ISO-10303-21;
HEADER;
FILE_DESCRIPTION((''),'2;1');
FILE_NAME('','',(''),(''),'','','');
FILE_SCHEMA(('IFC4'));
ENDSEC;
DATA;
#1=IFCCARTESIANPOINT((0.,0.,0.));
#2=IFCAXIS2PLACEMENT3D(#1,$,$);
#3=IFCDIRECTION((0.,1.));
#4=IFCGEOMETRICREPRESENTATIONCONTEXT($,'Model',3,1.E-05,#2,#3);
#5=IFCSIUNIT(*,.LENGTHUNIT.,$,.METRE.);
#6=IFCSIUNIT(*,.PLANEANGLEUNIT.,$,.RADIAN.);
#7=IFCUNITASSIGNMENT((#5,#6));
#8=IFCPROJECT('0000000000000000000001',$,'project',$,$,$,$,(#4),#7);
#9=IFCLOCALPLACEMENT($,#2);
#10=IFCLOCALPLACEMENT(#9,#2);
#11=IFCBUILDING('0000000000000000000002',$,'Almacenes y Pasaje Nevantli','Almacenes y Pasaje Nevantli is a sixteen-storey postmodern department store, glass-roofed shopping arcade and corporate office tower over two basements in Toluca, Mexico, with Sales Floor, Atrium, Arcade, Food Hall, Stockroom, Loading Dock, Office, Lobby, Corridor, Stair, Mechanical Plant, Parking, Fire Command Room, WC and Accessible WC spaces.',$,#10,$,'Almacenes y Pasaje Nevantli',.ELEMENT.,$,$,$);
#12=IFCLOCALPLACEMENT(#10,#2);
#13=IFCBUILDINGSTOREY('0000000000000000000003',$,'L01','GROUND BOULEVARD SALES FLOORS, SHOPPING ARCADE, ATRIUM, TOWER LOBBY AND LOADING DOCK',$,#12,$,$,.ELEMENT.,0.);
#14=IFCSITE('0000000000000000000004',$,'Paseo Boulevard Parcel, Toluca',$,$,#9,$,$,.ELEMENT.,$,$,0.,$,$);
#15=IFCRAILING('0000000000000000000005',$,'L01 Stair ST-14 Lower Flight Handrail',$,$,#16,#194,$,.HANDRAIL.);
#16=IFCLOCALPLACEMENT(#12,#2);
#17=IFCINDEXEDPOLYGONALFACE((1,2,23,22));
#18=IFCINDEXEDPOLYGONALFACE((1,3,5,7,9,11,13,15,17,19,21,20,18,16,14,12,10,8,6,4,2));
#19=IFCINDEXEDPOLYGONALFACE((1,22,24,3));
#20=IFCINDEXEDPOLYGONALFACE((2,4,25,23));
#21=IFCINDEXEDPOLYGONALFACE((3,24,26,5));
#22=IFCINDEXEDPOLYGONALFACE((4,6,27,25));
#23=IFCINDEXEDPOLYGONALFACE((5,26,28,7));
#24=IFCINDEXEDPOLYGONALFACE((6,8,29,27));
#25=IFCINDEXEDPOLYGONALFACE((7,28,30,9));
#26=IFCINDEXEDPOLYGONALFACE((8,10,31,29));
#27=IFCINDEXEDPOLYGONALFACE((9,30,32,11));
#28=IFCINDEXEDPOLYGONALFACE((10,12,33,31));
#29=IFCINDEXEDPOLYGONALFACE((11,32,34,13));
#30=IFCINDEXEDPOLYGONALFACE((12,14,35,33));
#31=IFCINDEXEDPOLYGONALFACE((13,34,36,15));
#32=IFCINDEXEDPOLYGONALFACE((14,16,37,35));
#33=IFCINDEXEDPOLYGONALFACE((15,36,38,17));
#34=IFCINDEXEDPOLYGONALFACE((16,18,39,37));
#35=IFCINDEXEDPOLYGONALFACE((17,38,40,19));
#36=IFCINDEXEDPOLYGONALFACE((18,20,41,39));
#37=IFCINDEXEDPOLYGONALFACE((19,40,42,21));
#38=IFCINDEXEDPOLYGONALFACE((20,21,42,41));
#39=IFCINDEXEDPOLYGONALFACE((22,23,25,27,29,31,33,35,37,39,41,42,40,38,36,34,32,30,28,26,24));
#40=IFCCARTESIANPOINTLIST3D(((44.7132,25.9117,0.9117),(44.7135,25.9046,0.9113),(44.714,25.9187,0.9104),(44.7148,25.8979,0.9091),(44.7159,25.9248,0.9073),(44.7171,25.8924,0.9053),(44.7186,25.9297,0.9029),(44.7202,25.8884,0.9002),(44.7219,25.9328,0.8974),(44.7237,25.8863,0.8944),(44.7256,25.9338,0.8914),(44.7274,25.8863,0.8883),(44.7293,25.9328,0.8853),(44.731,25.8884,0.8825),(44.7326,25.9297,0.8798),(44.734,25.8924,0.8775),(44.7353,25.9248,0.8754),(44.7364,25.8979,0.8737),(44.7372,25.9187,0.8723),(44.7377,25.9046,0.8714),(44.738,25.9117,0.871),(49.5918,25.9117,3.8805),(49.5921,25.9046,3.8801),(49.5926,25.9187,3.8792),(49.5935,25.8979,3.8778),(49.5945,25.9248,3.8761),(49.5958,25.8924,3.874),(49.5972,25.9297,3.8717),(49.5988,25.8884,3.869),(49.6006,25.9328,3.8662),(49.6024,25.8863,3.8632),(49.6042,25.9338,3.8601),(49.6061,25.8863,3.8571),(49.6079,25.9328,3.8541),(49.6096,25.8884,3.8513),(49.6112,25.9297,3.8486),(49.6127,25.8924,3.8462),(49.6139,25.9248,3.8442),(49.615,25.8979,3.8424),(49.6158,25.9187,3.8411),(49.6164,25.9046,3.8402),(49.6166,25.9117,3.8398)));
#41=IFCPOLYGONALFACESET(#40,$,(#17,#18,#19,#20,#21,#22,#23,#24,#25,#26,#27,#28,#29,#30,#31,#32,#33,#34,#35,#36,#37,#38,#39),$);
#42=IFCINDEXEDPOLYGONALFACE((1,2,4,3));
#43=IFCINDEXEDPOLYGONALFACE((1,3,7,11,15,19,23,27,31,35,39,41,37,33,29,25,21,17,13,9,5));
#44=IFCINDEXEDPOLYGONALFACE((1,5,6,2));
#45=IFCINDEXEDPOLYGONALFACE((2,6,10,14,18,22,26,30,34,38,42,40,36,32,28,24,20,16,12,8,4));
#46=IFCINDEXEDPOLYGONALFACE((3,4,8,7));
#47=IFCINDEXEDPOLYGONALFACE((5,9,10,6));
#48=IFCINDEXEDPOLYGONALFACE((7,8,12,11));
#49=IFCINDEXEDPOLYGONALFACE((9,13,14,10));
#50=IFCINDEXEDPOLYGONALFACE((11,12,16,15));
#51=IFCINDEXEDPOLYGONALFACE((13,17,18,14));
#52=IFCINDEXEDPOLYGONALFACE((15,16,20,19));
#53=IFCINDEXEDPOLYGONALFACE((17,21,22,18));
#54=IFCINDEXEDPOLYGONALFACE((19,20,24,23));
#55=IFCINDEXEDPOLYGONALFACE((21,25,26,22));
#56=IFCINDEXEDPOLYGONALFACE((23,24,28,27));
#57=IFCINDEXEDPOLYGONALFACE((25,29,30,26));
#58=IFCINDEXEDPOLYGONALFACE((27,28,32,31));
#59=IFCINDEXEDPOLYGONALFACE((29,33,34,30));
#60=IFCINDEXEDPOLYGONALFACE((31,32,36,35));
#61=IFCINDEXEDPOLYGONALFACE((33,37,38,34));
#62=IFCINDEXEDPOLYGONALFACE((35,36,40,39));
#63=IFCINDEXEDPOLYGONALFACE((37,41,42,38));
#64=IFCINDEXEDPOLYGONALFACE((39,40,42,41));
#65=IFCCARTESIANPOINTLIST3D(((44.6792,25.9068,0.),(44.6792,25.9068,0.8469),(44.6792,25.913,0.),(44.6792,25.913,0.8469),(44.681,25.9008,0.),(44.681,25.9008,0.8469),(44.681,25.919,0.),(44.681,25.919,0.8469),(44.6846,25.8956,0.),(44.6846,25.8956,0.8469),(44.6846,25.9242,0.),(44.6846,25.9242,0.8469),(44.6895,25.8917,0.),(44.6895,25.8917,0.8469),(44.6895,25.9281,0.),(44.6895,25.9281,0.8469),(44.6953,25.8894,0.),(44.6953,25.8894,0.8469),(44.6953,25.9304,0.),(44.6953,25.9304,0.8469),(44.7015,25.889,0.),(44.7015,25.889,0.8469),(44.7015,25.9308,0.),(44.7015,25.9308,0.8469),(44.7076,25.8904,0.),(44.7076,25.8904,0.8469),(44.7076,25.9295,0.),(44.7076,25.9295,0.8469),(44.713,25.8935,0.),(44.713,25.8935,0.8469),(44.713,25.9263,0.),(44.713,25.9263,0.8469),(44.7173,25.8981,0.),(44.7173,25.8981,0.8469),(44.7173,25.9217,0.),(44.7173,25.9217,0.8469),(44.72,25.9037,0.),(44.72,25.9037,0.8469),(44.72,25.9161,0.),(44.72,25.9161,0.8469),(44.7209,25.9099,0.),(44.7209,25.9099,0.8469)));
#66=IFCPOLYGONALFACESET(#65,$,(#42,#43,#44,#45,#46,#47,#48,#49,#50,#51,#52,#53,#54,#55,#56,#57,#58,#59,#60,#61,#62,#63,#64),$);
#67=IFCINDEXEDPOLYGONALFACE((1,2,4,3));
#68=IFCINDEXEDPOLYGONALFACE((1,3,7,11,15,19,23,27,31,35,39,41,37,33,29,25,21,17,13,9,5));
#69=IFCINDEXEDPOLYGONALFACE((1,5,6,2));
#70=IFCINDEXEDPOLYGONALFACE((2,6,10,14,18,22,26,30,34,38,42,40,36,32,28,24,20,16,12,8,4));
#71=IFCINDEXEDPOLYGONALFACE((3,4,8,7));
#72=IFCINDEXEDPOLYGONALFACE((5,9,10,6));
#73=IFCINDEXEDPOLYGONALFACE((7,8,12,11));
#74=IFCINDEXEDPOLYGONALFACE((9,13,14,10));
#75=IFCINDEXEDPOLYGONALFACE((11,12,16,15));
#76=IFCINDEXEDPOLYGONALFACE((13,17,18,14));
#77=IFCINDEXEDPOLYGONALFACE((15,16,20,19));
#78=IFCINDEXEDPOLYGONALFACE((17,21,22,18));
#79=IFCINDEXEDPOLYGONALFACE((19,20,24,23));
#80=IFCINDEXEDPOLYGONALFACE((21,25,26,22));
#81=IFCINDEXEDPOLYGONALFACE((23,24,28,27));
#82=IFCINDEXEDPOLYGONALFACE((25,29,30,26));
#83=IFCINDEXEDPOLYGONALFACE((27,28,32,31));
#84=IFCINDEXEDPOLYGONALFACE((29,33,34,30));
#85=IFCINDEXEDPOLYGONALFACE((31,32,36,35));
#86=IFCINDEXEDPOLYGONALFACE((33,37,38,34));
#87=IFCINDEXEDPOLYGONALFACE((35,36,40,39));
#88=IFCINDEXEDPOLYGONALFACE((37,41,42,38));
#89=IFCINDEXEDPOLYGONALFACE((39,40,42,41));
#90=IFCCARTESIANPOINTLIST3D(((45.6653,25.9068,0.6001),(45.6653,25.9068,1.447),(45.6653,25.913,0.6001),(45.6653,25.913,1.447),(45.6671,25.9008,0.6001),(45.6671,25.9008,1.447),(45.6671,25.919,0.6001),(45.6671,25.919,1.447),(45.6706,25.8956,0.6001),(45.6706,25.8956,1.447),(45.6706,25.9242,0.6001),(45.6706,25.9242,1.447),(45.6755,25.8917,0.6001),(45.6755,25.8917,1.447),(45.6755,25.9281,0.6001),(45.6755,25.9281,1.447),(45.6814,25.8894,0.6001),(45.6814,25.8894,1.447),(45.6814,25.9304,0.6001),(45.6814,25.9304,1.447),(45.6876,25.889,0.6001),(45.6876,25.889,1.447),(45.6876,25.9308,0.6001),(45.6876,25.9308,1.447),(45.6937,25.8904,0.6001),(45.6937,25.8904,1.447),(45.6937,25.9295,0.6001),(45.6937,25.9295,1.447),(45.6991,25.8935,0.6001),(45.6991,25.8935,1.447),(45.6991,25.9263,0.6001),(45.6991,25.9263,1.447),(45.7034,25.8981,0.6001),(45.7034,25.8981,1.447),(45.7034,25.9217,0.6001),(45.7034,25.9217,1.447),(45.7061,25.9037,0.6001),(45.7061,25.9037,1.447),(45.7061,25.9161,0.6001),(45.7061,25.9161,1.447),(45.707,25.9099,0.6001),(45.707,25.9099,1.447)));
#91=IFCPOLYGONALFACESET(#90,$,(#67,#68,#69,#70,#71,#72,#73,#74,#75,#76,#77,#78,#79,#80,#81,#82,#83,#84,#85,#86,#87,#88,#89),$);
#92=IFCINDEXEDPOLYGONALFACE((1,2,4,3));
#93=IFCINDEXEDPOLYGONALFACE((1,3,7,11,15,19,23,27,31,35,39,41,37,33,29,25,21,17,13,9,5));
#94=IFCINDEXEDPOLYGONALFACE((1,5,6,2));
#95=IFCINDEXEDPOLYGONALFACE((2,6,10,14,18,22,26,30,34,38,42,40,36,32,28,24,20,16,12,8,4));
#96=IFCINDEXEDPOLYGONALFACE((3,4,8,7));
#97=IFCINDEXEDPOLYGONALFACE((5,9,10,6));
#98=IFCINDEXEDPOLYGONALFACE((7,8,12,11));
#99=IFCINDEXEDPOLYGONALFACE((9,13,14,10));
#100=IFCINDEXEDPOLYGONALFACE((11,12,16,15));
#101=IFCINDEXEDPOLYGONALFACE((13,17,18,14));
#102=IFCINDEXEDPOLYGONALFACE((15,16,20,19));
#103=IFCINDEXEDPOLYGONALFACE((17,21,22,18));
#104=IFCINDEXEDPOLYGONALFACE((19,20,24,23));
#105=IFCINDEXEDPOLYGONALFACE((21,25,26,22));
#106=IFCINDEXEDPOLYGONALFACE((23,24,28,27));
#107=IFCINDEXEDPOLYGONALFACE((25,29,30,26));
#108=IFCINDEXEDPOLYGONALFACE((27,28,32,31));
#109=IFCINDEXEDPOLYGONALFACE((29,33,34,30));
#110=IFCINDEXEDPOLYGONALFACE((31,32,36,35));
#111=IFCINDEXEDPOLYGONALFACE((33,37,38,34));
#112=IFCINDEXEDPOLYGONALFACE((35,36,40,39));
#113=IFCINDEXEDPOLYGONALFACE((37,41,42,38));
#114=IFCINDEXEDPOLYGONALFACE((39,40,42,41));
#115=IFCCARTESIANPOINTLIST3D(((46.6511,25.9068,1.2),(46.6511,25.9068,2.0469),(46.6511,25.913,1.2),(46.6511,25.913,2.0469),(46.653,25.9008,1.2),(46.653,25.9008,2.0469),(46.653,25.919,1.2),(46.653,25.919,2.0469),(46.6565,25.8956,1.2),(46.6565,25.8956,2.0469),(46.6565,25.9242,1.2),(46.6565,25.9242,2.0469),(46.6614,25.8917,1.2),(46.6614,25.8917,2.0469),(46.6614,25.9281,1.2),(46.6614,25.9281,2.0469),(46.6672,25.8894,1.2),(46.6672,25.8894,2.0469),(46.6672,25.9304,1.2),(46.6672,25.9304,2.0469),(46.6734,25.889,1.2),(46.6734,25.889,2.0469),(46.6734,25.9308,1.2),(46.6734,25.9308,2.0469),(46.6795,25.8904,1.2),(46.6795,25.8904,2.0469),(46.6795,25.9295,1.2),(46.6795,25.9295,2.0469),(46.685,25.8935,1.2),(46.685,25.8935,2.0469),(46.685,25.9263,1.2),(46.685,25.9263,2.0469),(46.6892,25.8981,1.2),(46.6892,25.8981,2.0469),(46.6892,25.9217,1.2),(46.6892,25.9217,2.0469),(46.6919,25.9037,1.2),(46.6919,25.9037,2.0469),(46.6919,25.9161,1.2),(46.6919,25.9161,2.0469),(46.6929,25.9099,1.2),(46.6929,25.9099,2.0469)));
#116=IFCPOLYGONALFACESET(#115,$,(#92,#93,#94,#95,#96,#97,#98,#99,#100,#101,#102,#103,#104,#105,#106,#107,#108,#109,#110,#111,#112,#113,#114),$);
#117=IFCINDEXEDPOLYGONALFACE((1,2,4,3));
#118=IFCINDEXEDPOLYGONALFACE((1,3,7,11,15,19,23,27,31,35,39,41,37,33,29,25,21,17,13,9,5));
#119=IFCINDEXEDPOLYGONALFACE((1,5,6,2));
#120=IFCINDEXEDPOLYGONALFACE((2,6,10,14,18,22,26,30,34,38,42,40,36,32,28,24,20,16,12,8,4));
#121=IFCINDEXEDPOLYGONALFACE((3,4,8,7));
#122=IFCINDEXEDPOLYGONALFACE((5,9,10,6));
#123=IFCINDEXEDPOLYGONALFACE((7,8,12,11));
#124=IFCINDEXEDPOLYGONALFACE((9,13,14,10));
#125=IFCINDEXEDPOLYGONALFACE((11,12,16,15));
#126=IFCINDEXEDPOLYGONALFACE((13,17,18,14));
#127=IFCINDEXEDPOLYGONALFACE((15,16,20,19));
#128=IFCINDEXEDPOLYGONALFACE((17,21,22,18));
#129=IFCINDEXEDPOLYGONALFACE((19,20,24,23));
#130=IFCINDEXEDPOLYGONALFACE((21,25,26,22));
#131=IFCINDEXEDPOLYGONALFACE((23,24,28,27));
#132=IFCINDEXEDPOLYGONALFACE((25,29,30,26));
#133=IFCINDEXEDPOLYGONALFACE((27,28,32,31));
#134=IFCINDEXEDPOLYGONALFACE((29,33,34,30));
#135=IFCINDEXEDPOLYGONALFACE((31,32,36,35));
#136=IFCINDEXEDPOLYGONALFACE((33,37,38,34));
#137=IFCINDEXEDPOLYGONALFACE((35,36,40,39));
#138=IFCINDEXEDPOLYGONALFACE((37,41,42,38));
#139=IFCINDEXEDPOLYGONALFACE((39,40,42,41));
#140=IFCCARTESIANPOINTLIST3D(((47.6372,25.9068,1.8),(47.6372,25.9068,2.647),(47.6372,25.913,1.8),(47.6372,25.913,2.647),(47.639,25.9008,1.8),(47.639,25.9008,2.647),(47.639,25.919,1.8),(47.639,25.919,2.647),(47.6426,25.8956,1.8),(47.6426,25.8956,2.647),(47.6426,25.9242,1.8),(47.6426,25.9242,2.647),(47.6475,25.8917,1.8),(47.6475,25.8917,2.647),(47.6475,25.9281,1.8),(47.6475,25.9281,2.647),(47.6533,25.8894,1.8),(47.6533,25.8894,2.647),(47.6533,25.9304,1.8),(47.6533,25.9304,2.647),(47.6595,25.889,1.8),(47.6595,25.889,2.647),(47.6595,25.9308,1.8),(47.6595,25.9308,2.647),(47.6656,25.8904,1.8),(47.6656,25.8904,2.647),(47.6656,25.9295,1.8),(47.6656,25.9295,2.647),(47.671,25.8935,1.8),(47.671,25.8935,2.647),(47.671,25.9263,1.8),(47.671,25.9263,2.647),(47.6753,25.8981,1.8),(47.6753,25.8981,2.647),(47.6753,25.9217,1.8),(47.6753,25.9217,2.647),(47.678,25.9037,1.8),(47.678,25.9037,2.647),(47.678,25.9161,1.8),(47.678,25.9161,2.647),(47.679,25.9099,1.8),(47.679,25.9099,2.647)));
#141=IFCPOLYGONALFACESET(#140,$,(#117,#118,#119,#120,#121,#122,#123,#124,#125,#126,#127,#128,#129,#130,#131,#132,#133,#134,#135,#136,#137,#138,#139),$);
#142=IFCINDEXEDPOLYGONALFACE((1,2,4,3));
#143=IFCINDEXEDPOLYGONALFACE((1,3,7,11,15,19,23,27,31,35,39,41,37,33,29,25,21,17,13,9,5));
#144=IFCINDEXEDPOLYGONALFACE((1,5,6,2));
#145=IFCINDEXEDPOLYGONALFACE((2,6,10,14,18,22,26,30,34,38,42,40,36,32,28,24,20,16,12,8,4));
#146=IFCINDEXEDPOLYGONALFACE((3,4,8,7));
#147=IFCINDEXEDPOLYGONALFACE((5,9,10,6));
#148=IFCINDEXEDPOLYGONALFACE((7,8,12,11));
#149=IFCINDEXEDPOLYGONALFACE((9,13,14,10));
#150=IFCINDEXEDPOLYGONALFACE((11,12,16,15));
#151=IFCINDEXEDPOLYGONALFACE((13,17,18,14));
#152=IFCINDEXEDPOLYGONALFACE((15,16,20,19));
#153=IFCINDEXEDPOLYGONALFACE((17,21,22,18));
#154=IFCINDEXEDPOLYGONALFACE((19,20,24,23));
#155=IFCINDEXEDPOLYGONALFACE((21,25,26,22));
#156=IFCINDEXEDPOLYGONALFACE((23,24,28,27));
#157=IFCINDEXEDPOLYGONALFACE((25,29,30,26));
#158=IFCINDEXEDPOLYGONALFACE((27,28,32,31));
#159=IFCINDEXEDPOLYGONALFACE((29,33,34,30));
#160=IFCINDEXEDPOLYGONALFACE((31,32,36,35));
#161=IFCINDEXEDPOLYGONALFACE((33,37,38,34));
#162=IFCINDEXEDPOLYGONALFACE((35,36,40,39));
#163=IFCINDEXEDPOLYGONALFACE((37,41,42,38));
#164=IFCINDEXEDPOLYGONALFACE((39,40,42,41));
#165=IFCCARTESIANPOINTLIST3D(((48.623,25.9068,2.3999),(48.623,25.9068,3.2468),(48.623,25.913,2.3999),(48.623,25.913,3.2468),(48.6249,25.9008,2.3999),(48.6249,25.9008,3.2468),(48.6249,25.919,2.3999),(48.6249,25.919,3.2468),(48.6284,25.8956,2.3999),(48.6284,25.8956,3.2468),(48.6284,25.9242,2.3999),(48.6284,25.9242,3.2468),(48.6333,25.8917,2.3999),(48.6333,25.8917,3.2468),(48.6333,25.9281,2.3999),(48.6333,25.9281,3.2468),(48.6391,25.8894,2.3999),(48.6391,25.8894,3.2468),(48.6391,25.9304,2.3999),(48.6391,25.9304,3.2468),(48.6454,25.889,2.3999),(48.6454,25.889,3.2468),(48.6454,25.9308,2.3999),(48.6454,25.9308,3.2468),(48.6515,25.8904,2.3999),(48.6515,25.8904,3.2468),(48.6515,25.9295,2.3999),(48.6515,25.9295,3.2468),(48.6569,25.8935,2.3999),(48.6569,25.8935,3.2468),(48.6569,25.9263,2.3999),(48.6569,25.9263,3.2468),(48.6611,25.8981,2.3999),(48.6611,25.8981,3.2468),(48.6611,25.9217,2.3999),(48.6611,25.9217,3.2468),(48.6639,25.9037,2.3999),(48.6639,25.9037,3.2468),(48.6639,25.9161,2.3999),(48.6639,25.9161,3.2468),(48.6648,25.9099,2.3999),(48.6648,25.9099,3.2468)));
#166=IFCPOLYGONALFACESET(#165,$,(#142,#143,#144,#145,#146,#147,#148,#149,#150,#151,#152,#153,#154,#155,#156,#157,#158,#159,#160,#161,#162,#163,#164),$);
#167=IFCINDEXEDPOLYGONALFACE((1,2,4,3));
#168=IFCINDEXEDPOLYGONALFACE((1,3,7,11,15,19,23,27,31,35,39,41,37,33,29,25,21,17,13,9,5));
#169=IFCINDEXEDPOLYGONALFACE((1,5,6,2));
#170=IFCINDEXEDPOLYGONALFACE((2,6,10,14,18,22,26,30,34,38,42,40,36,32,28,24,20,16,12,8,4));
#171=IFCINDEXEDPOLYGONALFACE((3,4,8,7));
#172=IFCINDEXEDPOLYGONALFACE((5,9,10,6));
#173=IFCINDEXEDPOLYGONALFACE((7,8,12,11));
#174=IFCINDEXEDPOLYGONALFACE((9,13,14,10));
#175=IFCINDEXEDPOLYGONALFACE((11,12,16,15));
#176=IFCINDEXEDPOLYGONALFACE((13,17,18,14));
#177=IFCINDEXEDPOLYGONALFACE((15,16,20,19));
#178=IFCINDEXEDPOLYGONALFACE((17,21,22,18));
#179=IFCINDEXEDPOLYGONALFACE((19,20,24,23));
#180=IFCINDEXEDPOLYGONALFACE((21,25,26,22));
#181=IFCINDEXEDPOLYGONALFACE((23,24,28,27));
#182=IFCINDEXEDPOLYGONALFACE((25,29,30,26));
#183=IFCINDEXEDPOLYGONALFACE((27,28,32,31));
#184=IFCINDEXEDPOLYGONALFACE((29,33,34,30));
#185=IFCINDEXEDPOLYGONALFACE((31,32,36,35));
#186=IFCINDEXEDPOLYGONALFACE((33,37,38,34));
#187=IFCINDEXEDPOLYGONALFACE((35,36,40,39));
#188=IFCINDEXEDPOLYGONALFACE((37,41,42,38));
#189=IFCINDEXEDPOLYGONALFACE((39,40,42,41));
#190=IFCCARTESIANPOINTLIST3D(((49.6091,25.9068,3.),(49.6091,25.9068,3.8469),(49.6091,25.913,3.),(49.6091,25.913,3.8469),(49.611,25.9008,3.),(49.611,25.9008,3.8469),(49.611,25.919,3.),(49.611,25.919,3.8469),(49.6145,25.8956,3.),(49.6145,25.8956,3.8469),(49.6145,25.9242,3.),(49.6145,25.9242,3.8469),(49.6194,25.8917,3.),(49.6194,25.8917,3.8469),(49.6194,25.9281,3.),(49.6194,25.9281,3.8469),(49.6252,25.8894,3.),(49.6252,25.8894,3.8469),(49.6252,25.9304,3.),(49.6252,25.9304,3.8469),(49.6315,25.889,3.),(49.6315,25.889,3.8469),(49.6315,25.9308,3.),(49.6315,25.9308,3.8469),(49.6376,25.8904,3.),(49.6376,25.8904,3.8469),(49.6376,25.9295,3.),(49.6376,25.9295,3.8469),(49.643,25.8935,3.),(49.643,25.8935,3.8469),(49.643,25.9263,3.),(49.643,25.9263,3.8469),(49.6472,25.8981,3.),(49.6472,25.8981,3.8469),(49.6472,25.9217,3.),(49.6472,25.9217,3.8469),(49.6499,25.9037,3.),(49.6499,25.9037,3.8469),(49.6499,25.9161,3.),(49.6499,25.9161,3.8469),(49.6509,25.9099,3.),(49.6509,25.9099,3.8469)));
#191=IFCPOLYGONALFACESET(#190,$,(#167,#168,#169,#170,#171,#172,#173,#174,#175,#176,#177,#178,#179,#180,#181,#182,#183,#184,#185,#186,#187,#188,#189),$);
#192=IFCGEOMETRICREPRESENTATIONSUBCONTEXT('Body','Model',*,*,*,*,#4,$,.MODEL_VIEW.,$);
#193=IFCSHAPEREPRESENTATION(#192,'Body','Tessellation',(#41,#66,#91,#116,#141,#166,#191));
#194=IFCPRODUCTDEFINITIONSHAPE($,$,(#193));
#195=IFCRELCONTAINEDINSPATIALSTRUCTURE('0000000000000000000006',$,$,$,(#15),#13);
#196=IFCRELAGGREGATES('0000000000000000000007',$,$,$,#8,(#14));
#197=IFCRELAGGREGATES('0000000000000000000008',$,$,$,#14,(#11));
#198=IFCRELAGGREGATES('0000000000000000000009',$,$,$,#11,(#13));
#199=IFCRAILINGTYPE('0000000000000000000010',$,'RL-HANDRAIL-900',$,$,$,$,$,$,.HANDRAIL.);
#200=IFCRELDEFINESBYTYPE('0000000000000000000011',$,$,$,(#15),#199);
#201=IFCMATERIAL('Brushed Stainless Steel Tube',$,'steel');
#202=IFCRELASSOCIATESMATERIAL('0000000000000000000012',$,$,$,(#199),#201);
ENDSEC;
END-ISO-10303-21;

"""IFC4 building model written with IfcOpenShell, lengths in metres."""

from ifc_helpers import new_model, si_unit, direction, frame, origin, origin_2d, place, context, subcontext, project, spatial, circle, extrude, material, type_object, element, save


model = new_model("IFC4")

# Units and contexts
model_context = context("Model", 3, precision=1e-05, world=origin(), true_north=direction((0.0, 1.0)))
body_context = subcontext(model_context, "Body", "Model", "MODEL_VIEW")
ifc_project = project(units=[si_unit("LENGTHUNIT", "METRE"), si_unit("PLANEANGLEUNIT", "RADIAN")], contexts=[model_context])

# Site, building, storey
site_placement = place(None, origin())
site = spatial("IfcSite", under=ifc_project, at=site_placement, Name="Paseo Boulevard Parcel, Toluca", CompositionType="ELEMENT", RefElevation=0.0)
building_placement = place(site_placement, origin())
building = spatial("IfcBuilding", under=site, at=building_placement, Name="Almacenes y Pasaje Nevantli", Description="Almacenes y Pasaje Nevantli is a sixteen-storey postmodern department store, glass-roofed shopping arcade and corporate office tower over two basements in Toluca, Mexico, with Sales Floor, Atrium, Arcade, Food Hall, Stockroom, Loading Dock, Office, Lobby, Corridor, Stair, Mechanical Plant, Parking, Fire Command Room, WC and Accessible WC spaces.", LongName="Almacenes y Pasaje Nevantli", CompositionType="ELEMENT")
storey_placement = place(building_placement, origin())
storey = spatial("IfcBuildingStorey", under=building, at=storey_placement, Name="L01", Description="GROUND BOULEVARD SALES FLOORS, SHOPPING ARCADE, ATRIUM, TOWER LOBBY AND LOADING DOCK", CompositionType="ELEMENT", Elevation=0.0)

# Railing
ifc_material_1 = material(Name="Brushed Stainless Steel Tube", Category="steel")
railing_type_1 = type_object("IfcRailingType", Name="RL-HANDRAIL-900", PredefinedType="HANDRAIL", material=ifc_material_1)
railing_1_placement = place(storey_placement, frame((44.7, 25.9099, 0.0)))
element("IfcRailing", 1, at=railing_1_placement, inside=storey, type_object=railing_type_1, Name="L01 Stair ST-14 Lower Flight Handrail", PredefinedType="HANDRAIL", context=body_context, shape_type="SweptSolid", body=[
    extrude(circle(Radius=0.0239, at=origin_2d()), frame((0.0256, 0.0, 0.8914), z_axis=(0.854262, 0.0, 0.519842), x_axis=(0.0, 1.0, 0.0)), (0.0, 0.0, 1.0), 5.7109),
    extrude(circle(Radius=0.021, at=origin_2d()), origin(), (0.0, 0.0, 1.0), 0.8469),
    extrude(circle(Radius=0.021, at=origin_2d()), frame((0.9861, 0.0, 0.6001)), (0.0, 0.0, 1.0), 0.8469),
    extrude(circle(Radius=0.021, at=origin_2d()), frame((1.9719, 0.0, 1.2)), (0.0, 0.0, 1.0), 0.8469),
    extrude(circle(Radius=0.021, at=origin_2d()), frame((2.958, 0.0, 1.8)), (0.0, 0.0, 1.0), 0.8469),
    extrude(circle(Radius=0.021, at=origin_2d()), frame((3.9438, 0.0, 2.3999)), (0.0, 0.0, 1.0), 0.8469),
    extrude(circle(Radius=0.021, at=origin_2d()), frame((4.9299, 0.0, 3.0)), (0.0, 0.0, 1.0), 0.8469),
])

save(model, "model.ifc")
